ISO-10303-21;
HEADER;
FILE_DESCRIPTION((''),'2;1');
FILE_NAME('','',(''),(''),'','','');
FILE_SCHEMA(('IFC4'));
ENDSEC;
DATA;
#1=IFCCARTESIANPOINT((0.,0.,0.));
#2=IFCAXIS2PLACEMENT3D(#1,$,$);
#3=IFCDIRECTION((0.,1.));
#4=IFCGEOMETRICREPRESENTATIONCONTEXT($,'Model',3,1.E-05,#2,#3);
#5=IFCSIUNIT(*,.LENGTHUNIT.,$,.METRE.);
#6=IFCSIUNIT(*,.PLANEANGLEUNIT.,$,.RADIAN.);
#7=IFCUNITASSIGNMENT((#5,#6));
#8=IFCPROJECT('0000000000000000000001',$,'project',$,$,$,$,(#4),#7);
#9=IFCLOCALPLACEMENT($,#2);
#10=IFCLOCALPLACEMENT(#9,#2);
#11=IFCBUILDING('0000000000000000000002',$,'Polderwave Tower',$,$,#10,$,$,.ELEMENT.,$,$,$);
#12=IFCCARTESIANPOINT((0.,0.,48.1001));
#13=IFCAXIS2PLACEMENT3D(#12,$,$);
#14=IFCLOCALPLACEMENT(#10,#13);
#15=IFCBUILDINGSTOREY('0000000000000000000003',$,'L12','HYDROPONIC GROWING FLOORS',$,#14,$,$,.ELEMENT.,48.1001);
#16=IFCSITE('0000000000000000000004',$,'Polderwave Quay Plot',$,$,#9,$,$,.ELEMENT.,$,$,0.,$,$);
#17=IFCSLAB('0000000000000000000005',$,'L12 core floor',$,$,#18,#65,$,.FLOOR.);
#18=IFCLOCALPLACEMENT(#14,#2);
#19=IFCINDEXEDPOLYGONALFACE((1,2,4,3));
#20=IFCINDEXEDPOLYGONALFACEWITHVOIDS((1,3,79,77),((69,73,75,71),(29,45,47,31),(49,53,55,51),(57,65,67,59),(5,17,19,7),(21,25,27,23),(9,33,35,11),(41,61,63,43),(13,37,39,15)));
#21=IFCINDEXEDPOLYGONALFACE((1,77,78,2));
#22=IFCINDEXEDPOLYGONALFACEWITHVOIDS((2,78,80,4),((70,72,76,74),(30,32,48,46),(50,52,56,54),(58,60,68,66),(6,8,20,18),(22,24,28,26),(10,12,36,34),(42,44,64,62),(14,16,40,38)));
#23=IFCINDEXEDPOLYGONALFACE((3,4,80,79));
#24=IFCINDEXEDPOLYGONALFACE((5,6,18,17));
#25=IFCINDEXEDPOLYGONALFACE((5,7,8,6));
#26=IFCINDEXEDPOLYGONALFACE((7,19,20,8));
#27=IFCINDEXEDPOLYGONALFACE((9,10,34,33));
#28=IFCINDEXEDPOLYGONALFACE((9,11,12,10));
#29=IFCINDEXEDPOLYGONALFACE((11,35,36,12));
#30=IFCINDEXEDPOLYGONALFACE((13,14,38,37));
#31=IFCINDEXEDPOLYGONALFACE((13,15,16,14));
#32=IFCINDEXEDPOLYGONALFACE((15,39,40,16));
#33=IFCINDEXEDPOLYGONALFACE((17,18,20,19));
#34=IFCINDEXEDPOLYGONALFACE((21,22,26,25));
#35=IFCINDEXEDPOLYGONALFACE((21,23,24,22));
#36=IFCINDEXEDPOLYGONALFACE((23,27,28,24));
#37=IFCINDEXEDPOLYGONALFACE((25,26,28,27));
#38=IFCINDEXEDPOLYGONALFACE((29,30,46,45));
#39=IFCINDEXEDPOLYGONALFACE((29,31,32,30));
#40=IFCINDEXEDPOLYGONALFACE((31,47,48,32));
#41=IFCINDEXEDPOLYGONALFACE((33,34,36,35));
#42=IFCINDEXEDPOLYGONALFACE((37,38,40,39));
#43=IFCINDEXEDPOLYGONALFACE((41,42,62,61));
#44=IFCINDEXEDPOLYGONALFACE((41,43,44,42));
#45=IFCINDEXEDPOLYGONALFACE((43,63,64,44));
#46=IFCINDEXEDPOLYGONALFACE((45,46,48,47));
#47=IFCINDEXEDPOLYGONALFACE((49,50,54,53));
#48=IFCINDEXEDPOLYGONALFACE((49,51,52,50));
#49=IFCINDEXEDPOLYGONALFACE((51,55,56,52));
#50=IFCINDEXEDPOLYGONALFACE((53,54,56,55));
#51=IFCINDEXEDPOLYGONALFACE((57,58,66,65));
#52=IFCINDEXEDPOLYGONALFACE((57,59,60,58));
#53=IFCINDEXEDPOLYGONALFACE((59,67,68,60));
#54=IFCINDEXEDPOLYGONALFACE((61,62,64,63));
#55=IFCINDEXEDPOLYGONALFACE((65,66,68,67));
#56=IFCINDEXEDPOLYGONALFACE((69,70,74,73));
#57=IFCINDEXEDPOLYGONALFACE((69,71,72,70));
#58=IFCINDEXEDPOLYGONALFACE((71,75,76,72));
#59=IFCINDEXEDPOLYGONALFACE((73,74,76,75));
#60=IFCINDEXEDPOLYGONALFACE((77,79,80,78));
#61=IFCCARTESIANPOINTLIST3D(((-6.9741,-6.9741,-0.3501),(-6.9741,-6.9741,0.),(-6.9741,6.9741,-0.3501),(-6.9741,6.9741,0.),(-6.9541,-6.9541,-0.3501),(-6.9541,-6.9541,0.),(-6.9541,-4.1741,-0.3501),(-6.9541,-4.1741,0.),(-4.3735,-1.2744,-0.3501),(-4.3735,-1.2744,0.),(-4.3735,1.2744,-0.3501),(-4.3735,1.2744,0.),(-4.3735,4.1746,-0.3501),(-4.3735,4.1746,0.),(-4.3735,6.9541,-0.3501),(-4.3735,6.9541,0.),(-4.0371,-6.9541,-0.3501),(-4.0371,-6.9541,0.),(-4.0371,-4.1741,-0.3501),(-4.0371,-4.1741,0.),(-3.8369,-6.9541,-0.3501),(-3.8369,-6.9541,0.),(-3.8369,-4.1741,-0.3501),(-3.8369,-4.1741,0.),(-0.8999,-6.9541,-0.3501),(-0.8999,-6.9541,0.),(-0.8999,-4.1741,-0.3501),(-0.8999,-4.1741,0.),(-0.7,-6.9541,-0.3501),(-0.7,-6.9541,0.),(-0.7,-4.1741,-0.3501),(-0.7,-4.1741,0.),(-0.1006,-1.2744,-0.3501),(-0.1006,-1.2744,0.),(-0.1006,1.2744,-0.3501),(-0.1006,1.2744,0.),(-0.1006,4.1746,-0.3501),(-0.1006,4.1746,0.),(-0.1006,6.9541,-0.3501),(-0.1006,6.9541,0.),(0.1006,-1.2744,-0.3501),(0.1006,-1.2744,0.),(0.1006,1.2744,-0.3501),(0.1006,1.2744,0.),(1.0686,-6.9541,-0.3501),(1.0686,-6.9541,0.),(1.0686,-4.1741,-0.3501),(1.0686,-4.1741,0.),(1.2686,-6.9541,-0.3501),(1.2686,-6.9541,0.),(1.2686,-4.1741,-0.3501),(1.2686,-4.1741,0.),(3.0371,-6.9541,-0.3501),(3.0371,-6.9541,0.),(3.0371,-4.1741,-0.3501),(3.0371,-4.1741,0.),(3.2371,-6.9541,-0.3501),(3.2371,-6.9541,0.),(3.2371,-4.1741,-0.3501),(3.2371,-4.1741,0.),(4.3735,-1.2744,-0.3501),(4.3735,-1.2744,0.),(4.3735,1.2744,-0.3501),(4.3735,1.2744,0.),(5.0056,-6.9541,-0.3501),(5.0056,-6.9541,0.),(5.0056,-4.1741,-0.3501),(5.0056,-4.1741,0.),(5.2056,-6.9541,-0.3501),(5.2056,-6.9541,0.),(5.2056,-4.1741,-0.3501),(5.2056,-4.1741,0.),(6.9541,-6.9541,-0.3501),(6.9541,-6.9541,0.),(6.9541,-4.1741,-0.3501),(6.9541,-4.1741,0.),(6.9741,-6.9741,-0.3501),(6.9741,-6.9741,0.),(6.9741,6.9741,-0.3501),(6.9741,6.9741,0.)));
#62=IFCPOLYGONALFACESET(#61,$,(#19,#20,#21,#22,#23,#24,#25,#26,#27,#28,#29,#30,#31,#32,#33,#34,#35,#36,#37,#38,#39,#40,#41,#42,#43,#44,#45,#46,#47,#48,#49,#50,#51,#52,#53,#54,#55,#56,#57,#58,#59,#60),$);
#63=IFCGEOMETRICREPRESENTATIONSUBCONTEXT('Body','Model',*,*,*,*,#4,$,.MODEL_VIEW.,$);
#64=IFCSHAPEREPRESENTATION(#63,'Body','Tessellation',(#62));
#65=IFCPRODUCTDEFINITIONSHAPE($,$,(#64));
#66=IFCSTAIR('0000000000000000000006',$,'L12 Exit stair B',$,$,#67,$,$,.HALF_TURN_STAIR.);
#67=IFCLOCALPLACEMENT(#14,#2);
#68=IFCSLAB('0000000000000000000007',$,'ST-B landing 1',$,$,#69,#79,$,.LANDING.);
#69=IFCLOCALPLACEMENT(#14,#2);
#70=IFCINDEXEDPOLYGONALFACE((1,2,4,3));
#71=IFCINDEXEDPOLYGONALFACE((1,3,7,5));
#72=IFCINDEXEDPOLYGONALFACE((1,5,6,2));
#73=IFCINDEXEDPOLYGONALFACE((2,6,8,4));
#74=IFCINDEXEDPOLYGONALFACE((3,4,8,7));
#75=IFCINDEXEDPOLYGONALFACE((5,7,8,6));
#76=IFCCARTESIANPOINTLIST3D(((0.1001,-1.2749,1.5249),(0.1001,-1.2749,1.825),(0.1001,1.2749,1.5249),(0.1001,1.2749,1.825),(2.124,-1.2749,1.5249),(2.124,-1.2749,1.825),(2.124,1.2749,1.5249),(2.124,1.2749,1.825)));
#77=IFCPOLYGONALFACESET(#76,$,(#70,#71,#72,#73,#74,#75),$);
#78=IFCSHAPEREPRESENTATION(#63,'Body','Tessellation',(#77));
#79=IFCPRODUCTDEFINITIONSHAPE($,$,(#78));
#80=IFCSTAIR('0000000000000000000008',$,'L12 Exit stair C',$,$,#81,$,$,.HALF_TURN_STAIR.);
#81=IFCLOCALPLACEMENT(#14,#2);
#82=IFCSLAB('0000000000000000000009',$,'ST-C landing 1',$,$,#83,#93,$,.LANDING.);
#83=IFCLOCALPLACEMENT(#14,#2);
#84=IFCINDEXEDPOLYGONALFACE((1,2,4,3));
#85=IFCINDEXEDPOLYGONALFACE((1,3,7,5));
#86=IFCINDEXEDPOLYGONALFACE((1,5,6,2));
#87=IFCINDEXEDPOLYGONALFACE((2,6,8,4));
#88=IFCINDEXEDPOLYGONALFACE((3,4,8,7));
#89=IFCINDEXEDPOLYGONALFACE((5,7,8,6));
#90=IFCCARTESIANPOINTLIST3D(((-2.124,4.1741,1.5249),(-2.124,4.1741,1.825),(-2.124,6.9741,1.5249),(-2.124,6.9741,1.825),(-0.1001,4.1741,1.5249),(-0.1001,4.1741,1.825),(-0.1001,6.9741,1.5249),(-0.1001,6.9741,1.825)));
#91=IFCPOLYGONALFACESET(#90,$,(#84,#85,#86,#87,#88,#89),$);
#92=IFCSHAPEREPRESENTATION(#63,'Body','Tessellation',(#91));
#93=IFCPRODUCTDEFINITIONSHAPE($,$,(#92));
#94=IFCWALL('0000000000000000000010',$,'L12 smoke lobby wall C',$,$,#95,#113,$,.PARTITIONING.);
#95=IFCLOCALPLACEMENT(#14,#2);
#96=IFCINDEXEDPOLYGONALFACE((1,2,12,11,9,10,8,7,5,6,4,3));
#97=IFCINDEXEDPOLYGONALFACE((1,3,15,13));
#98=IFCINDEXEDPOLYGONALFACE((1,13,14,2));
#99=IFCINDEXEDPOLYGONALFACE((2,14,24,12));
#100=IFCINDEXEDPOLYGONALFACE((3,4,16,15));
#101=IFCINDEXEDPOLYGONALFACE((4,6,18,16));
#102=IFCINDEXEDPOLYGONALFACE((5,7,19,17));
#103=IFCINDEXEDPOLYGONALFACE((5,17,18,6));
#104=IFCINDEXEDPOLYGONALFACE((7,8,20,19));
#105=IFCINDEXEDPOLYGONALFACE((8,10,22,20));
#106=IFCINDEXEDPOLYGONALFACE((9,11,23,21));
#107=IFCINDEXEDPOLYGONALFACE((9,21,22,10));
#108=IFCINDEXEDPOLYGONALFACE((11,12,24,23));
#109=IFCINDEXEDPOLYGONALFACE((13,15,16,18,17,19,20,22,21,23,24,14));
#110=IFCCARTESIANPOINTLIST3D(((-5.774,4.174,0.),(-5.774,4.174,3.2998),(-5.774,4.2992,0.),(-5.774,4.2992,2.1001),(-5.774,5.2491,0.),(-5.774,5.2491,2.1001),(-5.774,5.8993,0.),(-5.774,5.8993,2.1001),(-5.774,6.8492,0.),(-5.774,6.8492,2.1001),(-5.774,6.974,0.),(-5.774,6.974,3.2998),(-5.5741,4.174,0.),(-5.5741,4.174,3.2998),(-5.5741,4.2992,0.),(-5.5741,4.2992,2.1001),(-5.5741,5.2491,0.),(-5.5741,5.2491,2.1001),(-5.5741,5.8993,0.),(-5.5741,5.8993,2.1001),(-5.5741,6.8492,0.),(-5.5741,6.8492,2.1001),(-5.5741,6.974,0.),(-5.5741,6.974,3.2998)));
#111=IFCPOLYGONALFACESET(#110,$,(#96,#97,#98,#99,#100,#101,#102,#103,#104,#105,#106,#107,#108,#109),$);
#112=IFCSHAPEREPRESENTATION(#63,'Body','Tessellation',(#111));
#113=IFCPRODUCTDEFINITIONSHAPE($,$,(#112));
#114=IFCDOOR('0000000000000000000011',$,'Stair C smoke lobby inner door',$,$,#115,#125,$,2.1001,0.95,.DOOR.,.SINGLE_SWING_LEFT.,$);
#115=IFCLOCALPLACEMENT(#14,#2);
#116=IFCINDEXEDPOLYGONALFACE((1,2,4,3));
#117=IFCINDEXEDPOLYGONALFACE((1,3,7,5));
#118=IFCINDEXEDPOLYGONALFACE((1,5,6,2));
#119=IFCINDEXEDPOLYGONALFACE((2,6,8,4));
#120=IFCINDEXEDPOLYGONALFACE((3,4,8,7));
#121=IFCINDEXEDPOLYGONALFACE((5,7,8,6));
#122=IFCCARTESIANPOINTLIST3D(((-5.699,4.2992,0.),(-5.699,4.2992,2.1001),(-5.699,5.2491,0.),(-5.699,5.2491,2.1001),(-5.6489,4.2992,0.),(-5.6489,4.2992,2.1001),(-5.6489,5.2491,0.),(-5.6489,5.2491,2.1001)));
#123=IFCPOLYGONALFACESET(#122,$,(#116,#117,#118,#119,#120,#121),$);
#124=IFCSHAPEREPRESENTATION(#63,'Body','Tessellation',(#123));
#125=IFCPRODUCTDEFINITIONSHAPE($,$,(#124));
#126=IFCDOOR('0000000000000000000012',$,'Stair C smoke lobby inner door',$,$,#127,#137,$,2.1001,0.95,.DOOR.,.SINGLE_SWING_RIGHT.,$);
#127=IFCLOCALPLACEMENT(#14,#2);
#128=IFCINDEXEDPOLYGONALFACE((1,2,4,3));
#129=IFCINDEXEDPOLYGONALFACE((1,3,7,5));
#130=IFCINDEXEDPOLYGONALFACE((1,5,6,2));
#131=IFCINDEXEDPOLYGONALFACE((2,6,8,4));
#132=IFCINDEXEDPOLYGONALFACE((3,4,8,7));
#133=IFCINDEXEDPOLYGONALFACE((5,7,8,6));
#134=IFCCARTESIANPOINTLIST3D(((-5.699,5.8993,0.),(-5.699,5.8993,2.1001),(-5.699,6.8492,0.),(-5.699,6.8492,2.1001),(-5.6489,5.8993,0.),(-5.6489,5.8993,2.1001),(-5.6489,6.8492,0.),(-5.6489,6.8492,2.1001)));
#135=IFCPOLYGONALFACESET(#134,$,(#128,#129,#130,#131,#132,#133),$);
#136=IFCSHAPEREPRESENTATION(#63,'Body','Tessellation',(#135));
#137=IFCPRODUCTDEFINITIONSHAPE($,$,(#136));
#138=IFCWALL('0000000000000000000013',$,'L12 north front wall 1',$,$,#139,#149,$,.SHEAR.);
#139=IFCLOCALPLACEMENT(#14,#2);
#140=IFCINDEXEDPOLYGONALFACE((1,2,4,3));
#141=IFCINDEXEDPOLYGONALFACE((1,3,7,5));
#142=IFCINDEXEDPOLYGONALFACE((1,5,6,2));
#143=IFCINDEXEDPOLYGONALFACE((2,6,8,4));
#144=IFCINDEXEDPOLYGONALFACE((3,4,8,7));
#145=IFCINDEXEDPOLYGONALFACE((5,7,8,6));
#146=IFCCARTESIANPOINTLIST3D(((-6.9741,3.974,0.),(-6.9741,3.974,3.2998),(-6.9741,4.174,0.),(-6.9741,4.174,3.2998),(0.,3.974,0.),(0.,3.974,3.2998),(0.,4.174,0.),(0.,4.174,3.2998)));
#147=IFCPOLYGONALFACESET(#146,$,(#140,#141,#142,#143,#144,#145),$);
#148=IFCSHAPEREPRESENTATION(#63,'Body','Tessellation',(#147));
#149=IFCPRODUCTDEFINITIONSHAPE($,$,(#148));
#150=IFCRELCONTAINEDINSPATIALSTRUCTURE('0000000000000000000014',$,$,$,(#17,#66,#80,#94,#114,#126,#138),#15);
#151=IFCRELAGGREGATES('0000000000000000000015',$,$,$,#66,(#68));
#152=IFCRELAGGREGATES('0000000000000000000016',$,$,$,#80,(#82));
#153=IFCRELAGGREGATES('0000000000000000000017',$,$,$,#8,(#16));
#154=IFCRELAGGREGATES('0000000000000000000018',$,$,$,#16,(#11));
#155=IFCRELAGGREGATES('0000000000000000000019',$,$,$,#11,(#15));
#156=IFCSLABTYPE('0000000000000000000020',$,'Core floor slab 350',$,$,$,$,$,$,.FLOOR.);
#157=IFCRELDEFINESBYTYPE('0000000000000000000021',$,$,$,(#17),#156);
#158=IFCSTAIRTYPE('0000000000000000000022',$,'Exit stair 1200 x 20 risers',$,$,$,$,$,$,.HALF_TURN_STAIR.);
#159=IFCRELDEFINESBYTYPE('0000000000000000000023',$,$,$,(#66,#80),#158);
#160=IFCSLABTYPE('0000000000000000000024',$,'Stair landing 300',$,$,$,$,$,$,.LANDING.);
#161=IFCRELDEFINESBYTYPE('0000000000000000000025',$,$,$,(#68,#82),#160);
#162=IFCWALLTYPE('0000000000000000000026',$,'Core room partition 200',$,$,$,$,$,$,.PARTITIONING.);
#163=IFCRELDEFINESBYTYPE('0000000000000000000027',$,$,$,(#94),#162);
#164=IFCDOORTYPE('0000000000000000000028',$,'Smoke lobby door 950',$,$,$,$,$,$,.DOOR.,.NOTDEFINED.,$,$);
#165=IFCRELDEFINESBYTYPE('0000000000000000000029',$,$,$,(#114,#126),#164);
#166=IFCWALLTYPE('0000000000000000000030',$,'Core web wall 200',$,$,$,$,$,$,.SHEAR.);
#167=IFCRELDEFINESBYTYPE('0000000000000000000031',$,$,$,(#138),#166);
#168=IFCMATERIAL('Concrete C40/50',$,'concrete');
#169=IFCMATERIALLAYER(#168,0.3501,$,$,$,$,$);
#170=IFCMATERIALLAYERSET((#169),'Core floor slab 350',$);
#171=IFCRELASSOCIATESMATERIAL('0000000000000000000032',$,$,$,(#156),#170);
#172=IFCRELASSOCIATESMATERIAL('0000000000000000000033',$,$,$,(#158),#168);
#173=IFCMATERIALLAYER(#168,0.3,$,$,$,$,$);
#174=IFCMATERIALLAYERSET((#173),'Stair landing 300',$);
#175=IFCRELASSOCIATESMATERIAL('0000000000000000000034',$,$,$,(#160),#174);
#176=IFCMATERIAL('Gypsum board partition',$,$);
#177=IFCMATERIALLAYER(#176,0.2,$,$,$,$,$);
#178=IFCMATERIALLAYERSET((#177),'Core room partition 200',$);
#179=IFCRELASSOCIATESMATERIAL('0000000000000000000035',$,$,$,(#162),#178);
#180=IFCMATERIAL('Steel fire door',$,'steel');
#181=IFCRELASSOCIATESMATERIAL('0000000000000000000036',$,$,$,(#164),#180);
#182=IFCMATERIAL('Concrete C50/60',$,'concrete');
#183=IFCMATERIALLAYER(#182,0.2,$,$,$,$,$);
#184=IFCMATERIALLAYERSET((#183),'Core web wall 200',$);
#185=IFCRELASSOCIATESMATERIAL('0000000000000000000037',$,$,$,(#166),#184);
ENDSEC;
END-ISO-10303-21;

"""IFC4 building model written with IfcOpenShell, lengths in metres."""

from ifc_helpers import new_model, si_unit, direction, frame, frame_2d, origin, place, context, subcontext, project, spatial, polyline, rectangle, outline, extrude, material, layer, layer_set, type_object, element, fill, aggregate, save


model = new_model("IFC4")

# Units and contexts
model_context = context("Model", 3, precision=1e-05, world=origin(), true_north=direction((0.0, 1.0)))
body_context = subcontext(model_context, "Body", "Model", "MODEL_VIEW")
ifc_project = project(units=[si_unit("LENGTHUNIT", "METRE"), si_unit("PLANEANGLEUNIT", "RADIAN")], contexts=[model_context])

# Site, building, storey
site_placement = place(None, origin())
site = spatial("IfcSite", under=ifc_project, at=site_placement, Name="Polderwave Quay Plot", CompositionType="ELEMENT", RefElevation=0.0)
building_placement = place(site_placement, origin())
building = spatial("IfcBuilding", under=site, at=building_placement, Name="Polderwave Tower", CompositionType="ELEMENT")
storey_placement = place(building_placement, frame((0.0, 0.0, 48.1001)))
storey = spatial("IfcBuildingStorey", under=building, at=storey_placement, Name="L12", Description="HYDROPONIC GROWING FLOORS", CompositionType="ELEMENT", Elevation=48.1001)

# Slab
ifc_material_1 = material(Name="Concrete C40/50", Category="concrete")
ifc_layer_1 = layer(ifc_material_1, 0.3501)
ifc_layer_set_1 = layer_set([ifc_layer_1], Name="Core floor slab 350")
slab_type_1 = type_object("IfcSlabType", Name="Core floor slab 350", PredefinedType="FLOOR", material=ifc_layer_set_1)
slab_1_placement = place(storey_placement, frame((0.0, 0.0, -0.3501)))
element("IfcSlab", 1, at=slab_1_placement, inside=storey, type_object=slab_type_1, Name="L12 core floor", PredefinedType="FLOOR", context=body_context, shape_type="SweptSolid", body=[
    extrude(outline(polyline([(-6.9741, -6.9741), (6.9741, -6.9741), (6.9741, 6.9741), (-6.9741, 6.9741), (-6.9741, -6.9741)]), holes=[polyline([(-6.9541, -6.9541), (-4.0371, -6.9541), (-4.0371, -4.1741), (-6.9541, -4.1741), (-6.9541, -6.9541)]), polyline([(-3.8369, -6.9541), (-0.8999, -6.9541), (-0.8999, -4.1741), (-3.8369, -4.1741), (-3.8369, -6.9541)]), polyline([(-0.7, -6.9541), (1.0686, -6.9541), (1.0686, -4.1741), (-0.7, -4.1741), (-0.7, -6.9541)]), polyline([(1.2686, -6.9541), (3.0371, -6.9541), (3.0371, -4.1741), (1.2686, -4.1741), (1.2686, -6.9541)]), polyline([(3.2371, -6.9541), (5.0056, -6.9541), (5.0056, -4.1741), (3.2371, -4.1741), (3.2371, -6.9541)]), polyline([(5.2056, -6.9541), (6.9541, -6.9541), (6.9541, -4.1741), (5.2056, -4.1741), (5.2056, -6.9541)]), polyline([(-4.3735, -1.2744), (-0.1006, -1.2744), (-0.1006, 1.2744), (-4.3735, 1.2744), (-4.3735, -1.2744)]), polyline([(0.1006, -1.2744), (4.3735, -1.2744), (4.3735, 1.2744), (0.1006, 1.2744), (0.1006, -1.2744)]), polyline([(-4.3735, 4.1746), (-0.1006, 4.1746), (-0.1006, 6.9541), (-4.3735, 6.9541), (-4.3735, 4.1746)])]), origin(), (0.0, 0.0, 1.0), 0.3501),
])

# Stairs, slabs
stair_type = type_object("IfcStairType", Name="Exit stair 1200 x 20 risers", PredefinedType="HALF_TURN_STAIR", material=ifc_material_1)
stair_1_placement = place(storey_placement, origin())
stair_1 = element("IfcStair", 2, at=stair_1_placement, inside=storey, type_object=stair_type, Name="L12 Exit stair B", PredefinedType="HALF_TURN_STAIR")
ifc_layer_2 = layer(ifc_material_1, 0.3)
ifc_layer_set_2 = layer_set([ifc_layer_2], Name="Stair landing 300")
slab_type_2 = type_object("IfcSlabType", Name="Stair landing 300", PredefinedType="LANDING", material=ifc_layer_set_2)
slab_2_placement = place(storey_placement, frame((0.0, 0.0, 1.5249)))
slab_2 = element("IfcSlab", 3, at=slab_2_placement, type_object=slab_type_2, Name="ST-B landing 1", PredefinedType="LANDING", context=body_context, shape_type="SweptSolid", body=[
    extrude(outline(polyline([(2.124, 1.2749), (0.1001, 1.2749), (0.1001, -1.2749), (2.124, -1.2749), (2.124, 1.2749)])), origin(), (0.0, 0.0, 1.0), 0.3),
])
aggregate(stair_1, [slab_2])
stair_2_placement = place(storey_placement, origin())
stair_2 = element("IfcStair", 4, at=stair_2_placement, inside=storey, type_object=stair_type, Name="L12 Exit stair C", PredefinedType="HALF_TURN_STAIR")
slab_3_placement = place(storey_placement, frame((0.0, 0.0, 1.5249)))
slab_3 = element("IfcSlab", 5, at=slab_3_placement, type_object=slab_type_2, Name="ST-C landing 1", PredefinedType="LANDING", context=body_context, shape_type="SweptSolid", body=[
    extrude(outline(polyline([(-2.124, 4.1741), (-0.1001, 4.1741), (-0.1001, 6.9741), (-2.124, 6.9741), (-2.124, 4.1741)])), origin(), (0.0, 0.0, 1.0), 0.3),
])

# Wall, openings, doors
ifc_material_2 = material(Name="Gypsum board partition")
ifc_layer_3 = layer(ifc_material_2, 0.2)
ifc_layer_set_3 = layer_set([ifc_layer_3], Name="Core room partition 200")
wall_type_1 = type_object("IfcWallType", Name="Core room partition 200", PredefinedType="PARTITIONING", material=ifc_layer_set_3)
wall_1_placement = place(storey_placement, frame((-5.6741, 4.1741, 0.0), z_axis=(0.0, 0.0, 1.0), x_axis=(0.0, 1.0, 0.0)))
wall_1 = element("IfcWall", 6, at=wall_1_placement, inside=storey, type_object=wall_type_1, Name="L12 smoke lobby wall C", PredefinedType="PARTITIONING", context=body_context, shape_type="SweptSolid", body=[
    extrude(rectangle(XDim=2.8, YDim=0.2, at=frame_2d((1.3999, 0.0))), origin(), (0.0, 0.0, 1.0), 3.2998),
])
opening_1_placement = place(wall_1_placement, frame((0.125, 0.0, 0.0)))
opening_1 = element("IfcOpeningElement", 7, at=opening_1_placement, cuts=wall_1, PredefinedType="OPENING", context=body_context, shape_type="SweptSolid", body=[
    extrude(rectangle(XDim=0.95, YDim=2.1001, at=frame_2d((0.4751, 1.05))), frame((0.0, 0.1099, 0.0), z_axis=(0.0, -1.0, 0.0), x_axis=(1.0, 0.0, 0.0)), (0.0, 0.0, 1.0), 0.22),
])
opening_2_placement = place(wall_1_placement, frame((1.7251, 0.0, 0.0)))
opening_2 = element("IfcOpeningElement", 8, at=opening_2_placement, cuts=wall_1, PredefinedType="OPENING", context=body_context, shape_type="SweptSolid", body=[
    extrude(rectangle(XDim=0.95, YDim=2.1001, at=frame_2d((0.4751, 1.05))), frame((0.0, 0.1099, 0.0), z_axis=(0.0, -1.0, 0.0), x_axis=(1.0, 0.0, 0.0)), (0.0, 0.0, 1.0), 0.22),
])
ifc_material_3 = material(Name="Steel fire door", Category="steel")
door_type_1 = type_object("IfcDoorType", Name="Smoke lobby door 950", OperationType="NOTDEFINED", PredefinedType="DOOR", material=ifc_material_3)
door_1_placement = place(opening_1_placement, origin())
door_1 = element("IfcDoor", 9, at=door_1_placement, inside=storey, type_object=door_type_1, Name="Stair C smoke lobby inner door", OperationType="SINGLE_SWING_LEFT", OverallHeight=2.1001, OverallWidth=0.95, PredefinedType="DOOR", context=body_context, shape_type="SweptSolid", body=[
    extrude(rectangle(XDim=0.95, YDim=2.1001, at=frame_2d((0.4751, 1.05))), frame((0.0, 0.0249, 0.0), z_axis=(0.0, -1.0, 0.0), x_axis=(1.0, 0.0, 0.0)), (0.0, 0.0, 1.0), 0.05),
])
fill(opening_1, door_1)
door_2_placement = place(opening_2_placement, origin())
door_2 = element("IfcDoor", 10, at=door_2_placement, inside=storey, type_object=door_type_1, Name="Stair C smoke lobby inner door", OperationType="SINGLE_SWING_RIGHT", OverallHeight=2.1001, OverallWidth=0.95, PredefinedType="DOOR", context=body_context, shape_type="SweptSolid", body=[
    extrude(rectangle(XDim=0.95, YDim=2.1001, at=frame_2d((0.4751, 1.05))), frame((0.0, 0.0249, 0.0), z_axis=(0.0, -1.0, 0.0), x_axis=(1.0, 0.0, 0.0)), (0.0, 0.0, 1.0), 0.05),
])
fill(opening_2, door_2)

# Wall
ifc_material_4 = material(Name="Concrete C50/60", Category="concrete")
ifc_layer_4 = layer(ifc_material_4, 0.2)
ifc_layer_set_4 = layer_set([ifc_layer_4], Name="Core web wall 200")
wall_type_2 = type_object("IfcWallType", Name="Core web wall 200", PredefinedType="SHEAR", material=ifc_layer_set_4)
wall_2_placement = place(storey_placement, frame((-6.9741, 4.074, 0.0), z_axis=(0.0, 0.0, 1.0), x_axis=(1.0, 0.0, 0.0)))
element("IfcWall", 11, at=wall_2_placement, inside=storey, type_object=wall_type_2, Name="L12 north front wall 1", PredefinedType="SHEAR", context=body_context, shape_type="SweptSolid", body=[
    extrude(rectangle(XDim=6.9741, YDim=0.2, at=frame_2d((3.4871, 0.0))), origin(), (0.0, 0.0, 1.0), 3.2998),
])

aggregate(stair_2, [slab_3])

save(model, "model.ifc")
